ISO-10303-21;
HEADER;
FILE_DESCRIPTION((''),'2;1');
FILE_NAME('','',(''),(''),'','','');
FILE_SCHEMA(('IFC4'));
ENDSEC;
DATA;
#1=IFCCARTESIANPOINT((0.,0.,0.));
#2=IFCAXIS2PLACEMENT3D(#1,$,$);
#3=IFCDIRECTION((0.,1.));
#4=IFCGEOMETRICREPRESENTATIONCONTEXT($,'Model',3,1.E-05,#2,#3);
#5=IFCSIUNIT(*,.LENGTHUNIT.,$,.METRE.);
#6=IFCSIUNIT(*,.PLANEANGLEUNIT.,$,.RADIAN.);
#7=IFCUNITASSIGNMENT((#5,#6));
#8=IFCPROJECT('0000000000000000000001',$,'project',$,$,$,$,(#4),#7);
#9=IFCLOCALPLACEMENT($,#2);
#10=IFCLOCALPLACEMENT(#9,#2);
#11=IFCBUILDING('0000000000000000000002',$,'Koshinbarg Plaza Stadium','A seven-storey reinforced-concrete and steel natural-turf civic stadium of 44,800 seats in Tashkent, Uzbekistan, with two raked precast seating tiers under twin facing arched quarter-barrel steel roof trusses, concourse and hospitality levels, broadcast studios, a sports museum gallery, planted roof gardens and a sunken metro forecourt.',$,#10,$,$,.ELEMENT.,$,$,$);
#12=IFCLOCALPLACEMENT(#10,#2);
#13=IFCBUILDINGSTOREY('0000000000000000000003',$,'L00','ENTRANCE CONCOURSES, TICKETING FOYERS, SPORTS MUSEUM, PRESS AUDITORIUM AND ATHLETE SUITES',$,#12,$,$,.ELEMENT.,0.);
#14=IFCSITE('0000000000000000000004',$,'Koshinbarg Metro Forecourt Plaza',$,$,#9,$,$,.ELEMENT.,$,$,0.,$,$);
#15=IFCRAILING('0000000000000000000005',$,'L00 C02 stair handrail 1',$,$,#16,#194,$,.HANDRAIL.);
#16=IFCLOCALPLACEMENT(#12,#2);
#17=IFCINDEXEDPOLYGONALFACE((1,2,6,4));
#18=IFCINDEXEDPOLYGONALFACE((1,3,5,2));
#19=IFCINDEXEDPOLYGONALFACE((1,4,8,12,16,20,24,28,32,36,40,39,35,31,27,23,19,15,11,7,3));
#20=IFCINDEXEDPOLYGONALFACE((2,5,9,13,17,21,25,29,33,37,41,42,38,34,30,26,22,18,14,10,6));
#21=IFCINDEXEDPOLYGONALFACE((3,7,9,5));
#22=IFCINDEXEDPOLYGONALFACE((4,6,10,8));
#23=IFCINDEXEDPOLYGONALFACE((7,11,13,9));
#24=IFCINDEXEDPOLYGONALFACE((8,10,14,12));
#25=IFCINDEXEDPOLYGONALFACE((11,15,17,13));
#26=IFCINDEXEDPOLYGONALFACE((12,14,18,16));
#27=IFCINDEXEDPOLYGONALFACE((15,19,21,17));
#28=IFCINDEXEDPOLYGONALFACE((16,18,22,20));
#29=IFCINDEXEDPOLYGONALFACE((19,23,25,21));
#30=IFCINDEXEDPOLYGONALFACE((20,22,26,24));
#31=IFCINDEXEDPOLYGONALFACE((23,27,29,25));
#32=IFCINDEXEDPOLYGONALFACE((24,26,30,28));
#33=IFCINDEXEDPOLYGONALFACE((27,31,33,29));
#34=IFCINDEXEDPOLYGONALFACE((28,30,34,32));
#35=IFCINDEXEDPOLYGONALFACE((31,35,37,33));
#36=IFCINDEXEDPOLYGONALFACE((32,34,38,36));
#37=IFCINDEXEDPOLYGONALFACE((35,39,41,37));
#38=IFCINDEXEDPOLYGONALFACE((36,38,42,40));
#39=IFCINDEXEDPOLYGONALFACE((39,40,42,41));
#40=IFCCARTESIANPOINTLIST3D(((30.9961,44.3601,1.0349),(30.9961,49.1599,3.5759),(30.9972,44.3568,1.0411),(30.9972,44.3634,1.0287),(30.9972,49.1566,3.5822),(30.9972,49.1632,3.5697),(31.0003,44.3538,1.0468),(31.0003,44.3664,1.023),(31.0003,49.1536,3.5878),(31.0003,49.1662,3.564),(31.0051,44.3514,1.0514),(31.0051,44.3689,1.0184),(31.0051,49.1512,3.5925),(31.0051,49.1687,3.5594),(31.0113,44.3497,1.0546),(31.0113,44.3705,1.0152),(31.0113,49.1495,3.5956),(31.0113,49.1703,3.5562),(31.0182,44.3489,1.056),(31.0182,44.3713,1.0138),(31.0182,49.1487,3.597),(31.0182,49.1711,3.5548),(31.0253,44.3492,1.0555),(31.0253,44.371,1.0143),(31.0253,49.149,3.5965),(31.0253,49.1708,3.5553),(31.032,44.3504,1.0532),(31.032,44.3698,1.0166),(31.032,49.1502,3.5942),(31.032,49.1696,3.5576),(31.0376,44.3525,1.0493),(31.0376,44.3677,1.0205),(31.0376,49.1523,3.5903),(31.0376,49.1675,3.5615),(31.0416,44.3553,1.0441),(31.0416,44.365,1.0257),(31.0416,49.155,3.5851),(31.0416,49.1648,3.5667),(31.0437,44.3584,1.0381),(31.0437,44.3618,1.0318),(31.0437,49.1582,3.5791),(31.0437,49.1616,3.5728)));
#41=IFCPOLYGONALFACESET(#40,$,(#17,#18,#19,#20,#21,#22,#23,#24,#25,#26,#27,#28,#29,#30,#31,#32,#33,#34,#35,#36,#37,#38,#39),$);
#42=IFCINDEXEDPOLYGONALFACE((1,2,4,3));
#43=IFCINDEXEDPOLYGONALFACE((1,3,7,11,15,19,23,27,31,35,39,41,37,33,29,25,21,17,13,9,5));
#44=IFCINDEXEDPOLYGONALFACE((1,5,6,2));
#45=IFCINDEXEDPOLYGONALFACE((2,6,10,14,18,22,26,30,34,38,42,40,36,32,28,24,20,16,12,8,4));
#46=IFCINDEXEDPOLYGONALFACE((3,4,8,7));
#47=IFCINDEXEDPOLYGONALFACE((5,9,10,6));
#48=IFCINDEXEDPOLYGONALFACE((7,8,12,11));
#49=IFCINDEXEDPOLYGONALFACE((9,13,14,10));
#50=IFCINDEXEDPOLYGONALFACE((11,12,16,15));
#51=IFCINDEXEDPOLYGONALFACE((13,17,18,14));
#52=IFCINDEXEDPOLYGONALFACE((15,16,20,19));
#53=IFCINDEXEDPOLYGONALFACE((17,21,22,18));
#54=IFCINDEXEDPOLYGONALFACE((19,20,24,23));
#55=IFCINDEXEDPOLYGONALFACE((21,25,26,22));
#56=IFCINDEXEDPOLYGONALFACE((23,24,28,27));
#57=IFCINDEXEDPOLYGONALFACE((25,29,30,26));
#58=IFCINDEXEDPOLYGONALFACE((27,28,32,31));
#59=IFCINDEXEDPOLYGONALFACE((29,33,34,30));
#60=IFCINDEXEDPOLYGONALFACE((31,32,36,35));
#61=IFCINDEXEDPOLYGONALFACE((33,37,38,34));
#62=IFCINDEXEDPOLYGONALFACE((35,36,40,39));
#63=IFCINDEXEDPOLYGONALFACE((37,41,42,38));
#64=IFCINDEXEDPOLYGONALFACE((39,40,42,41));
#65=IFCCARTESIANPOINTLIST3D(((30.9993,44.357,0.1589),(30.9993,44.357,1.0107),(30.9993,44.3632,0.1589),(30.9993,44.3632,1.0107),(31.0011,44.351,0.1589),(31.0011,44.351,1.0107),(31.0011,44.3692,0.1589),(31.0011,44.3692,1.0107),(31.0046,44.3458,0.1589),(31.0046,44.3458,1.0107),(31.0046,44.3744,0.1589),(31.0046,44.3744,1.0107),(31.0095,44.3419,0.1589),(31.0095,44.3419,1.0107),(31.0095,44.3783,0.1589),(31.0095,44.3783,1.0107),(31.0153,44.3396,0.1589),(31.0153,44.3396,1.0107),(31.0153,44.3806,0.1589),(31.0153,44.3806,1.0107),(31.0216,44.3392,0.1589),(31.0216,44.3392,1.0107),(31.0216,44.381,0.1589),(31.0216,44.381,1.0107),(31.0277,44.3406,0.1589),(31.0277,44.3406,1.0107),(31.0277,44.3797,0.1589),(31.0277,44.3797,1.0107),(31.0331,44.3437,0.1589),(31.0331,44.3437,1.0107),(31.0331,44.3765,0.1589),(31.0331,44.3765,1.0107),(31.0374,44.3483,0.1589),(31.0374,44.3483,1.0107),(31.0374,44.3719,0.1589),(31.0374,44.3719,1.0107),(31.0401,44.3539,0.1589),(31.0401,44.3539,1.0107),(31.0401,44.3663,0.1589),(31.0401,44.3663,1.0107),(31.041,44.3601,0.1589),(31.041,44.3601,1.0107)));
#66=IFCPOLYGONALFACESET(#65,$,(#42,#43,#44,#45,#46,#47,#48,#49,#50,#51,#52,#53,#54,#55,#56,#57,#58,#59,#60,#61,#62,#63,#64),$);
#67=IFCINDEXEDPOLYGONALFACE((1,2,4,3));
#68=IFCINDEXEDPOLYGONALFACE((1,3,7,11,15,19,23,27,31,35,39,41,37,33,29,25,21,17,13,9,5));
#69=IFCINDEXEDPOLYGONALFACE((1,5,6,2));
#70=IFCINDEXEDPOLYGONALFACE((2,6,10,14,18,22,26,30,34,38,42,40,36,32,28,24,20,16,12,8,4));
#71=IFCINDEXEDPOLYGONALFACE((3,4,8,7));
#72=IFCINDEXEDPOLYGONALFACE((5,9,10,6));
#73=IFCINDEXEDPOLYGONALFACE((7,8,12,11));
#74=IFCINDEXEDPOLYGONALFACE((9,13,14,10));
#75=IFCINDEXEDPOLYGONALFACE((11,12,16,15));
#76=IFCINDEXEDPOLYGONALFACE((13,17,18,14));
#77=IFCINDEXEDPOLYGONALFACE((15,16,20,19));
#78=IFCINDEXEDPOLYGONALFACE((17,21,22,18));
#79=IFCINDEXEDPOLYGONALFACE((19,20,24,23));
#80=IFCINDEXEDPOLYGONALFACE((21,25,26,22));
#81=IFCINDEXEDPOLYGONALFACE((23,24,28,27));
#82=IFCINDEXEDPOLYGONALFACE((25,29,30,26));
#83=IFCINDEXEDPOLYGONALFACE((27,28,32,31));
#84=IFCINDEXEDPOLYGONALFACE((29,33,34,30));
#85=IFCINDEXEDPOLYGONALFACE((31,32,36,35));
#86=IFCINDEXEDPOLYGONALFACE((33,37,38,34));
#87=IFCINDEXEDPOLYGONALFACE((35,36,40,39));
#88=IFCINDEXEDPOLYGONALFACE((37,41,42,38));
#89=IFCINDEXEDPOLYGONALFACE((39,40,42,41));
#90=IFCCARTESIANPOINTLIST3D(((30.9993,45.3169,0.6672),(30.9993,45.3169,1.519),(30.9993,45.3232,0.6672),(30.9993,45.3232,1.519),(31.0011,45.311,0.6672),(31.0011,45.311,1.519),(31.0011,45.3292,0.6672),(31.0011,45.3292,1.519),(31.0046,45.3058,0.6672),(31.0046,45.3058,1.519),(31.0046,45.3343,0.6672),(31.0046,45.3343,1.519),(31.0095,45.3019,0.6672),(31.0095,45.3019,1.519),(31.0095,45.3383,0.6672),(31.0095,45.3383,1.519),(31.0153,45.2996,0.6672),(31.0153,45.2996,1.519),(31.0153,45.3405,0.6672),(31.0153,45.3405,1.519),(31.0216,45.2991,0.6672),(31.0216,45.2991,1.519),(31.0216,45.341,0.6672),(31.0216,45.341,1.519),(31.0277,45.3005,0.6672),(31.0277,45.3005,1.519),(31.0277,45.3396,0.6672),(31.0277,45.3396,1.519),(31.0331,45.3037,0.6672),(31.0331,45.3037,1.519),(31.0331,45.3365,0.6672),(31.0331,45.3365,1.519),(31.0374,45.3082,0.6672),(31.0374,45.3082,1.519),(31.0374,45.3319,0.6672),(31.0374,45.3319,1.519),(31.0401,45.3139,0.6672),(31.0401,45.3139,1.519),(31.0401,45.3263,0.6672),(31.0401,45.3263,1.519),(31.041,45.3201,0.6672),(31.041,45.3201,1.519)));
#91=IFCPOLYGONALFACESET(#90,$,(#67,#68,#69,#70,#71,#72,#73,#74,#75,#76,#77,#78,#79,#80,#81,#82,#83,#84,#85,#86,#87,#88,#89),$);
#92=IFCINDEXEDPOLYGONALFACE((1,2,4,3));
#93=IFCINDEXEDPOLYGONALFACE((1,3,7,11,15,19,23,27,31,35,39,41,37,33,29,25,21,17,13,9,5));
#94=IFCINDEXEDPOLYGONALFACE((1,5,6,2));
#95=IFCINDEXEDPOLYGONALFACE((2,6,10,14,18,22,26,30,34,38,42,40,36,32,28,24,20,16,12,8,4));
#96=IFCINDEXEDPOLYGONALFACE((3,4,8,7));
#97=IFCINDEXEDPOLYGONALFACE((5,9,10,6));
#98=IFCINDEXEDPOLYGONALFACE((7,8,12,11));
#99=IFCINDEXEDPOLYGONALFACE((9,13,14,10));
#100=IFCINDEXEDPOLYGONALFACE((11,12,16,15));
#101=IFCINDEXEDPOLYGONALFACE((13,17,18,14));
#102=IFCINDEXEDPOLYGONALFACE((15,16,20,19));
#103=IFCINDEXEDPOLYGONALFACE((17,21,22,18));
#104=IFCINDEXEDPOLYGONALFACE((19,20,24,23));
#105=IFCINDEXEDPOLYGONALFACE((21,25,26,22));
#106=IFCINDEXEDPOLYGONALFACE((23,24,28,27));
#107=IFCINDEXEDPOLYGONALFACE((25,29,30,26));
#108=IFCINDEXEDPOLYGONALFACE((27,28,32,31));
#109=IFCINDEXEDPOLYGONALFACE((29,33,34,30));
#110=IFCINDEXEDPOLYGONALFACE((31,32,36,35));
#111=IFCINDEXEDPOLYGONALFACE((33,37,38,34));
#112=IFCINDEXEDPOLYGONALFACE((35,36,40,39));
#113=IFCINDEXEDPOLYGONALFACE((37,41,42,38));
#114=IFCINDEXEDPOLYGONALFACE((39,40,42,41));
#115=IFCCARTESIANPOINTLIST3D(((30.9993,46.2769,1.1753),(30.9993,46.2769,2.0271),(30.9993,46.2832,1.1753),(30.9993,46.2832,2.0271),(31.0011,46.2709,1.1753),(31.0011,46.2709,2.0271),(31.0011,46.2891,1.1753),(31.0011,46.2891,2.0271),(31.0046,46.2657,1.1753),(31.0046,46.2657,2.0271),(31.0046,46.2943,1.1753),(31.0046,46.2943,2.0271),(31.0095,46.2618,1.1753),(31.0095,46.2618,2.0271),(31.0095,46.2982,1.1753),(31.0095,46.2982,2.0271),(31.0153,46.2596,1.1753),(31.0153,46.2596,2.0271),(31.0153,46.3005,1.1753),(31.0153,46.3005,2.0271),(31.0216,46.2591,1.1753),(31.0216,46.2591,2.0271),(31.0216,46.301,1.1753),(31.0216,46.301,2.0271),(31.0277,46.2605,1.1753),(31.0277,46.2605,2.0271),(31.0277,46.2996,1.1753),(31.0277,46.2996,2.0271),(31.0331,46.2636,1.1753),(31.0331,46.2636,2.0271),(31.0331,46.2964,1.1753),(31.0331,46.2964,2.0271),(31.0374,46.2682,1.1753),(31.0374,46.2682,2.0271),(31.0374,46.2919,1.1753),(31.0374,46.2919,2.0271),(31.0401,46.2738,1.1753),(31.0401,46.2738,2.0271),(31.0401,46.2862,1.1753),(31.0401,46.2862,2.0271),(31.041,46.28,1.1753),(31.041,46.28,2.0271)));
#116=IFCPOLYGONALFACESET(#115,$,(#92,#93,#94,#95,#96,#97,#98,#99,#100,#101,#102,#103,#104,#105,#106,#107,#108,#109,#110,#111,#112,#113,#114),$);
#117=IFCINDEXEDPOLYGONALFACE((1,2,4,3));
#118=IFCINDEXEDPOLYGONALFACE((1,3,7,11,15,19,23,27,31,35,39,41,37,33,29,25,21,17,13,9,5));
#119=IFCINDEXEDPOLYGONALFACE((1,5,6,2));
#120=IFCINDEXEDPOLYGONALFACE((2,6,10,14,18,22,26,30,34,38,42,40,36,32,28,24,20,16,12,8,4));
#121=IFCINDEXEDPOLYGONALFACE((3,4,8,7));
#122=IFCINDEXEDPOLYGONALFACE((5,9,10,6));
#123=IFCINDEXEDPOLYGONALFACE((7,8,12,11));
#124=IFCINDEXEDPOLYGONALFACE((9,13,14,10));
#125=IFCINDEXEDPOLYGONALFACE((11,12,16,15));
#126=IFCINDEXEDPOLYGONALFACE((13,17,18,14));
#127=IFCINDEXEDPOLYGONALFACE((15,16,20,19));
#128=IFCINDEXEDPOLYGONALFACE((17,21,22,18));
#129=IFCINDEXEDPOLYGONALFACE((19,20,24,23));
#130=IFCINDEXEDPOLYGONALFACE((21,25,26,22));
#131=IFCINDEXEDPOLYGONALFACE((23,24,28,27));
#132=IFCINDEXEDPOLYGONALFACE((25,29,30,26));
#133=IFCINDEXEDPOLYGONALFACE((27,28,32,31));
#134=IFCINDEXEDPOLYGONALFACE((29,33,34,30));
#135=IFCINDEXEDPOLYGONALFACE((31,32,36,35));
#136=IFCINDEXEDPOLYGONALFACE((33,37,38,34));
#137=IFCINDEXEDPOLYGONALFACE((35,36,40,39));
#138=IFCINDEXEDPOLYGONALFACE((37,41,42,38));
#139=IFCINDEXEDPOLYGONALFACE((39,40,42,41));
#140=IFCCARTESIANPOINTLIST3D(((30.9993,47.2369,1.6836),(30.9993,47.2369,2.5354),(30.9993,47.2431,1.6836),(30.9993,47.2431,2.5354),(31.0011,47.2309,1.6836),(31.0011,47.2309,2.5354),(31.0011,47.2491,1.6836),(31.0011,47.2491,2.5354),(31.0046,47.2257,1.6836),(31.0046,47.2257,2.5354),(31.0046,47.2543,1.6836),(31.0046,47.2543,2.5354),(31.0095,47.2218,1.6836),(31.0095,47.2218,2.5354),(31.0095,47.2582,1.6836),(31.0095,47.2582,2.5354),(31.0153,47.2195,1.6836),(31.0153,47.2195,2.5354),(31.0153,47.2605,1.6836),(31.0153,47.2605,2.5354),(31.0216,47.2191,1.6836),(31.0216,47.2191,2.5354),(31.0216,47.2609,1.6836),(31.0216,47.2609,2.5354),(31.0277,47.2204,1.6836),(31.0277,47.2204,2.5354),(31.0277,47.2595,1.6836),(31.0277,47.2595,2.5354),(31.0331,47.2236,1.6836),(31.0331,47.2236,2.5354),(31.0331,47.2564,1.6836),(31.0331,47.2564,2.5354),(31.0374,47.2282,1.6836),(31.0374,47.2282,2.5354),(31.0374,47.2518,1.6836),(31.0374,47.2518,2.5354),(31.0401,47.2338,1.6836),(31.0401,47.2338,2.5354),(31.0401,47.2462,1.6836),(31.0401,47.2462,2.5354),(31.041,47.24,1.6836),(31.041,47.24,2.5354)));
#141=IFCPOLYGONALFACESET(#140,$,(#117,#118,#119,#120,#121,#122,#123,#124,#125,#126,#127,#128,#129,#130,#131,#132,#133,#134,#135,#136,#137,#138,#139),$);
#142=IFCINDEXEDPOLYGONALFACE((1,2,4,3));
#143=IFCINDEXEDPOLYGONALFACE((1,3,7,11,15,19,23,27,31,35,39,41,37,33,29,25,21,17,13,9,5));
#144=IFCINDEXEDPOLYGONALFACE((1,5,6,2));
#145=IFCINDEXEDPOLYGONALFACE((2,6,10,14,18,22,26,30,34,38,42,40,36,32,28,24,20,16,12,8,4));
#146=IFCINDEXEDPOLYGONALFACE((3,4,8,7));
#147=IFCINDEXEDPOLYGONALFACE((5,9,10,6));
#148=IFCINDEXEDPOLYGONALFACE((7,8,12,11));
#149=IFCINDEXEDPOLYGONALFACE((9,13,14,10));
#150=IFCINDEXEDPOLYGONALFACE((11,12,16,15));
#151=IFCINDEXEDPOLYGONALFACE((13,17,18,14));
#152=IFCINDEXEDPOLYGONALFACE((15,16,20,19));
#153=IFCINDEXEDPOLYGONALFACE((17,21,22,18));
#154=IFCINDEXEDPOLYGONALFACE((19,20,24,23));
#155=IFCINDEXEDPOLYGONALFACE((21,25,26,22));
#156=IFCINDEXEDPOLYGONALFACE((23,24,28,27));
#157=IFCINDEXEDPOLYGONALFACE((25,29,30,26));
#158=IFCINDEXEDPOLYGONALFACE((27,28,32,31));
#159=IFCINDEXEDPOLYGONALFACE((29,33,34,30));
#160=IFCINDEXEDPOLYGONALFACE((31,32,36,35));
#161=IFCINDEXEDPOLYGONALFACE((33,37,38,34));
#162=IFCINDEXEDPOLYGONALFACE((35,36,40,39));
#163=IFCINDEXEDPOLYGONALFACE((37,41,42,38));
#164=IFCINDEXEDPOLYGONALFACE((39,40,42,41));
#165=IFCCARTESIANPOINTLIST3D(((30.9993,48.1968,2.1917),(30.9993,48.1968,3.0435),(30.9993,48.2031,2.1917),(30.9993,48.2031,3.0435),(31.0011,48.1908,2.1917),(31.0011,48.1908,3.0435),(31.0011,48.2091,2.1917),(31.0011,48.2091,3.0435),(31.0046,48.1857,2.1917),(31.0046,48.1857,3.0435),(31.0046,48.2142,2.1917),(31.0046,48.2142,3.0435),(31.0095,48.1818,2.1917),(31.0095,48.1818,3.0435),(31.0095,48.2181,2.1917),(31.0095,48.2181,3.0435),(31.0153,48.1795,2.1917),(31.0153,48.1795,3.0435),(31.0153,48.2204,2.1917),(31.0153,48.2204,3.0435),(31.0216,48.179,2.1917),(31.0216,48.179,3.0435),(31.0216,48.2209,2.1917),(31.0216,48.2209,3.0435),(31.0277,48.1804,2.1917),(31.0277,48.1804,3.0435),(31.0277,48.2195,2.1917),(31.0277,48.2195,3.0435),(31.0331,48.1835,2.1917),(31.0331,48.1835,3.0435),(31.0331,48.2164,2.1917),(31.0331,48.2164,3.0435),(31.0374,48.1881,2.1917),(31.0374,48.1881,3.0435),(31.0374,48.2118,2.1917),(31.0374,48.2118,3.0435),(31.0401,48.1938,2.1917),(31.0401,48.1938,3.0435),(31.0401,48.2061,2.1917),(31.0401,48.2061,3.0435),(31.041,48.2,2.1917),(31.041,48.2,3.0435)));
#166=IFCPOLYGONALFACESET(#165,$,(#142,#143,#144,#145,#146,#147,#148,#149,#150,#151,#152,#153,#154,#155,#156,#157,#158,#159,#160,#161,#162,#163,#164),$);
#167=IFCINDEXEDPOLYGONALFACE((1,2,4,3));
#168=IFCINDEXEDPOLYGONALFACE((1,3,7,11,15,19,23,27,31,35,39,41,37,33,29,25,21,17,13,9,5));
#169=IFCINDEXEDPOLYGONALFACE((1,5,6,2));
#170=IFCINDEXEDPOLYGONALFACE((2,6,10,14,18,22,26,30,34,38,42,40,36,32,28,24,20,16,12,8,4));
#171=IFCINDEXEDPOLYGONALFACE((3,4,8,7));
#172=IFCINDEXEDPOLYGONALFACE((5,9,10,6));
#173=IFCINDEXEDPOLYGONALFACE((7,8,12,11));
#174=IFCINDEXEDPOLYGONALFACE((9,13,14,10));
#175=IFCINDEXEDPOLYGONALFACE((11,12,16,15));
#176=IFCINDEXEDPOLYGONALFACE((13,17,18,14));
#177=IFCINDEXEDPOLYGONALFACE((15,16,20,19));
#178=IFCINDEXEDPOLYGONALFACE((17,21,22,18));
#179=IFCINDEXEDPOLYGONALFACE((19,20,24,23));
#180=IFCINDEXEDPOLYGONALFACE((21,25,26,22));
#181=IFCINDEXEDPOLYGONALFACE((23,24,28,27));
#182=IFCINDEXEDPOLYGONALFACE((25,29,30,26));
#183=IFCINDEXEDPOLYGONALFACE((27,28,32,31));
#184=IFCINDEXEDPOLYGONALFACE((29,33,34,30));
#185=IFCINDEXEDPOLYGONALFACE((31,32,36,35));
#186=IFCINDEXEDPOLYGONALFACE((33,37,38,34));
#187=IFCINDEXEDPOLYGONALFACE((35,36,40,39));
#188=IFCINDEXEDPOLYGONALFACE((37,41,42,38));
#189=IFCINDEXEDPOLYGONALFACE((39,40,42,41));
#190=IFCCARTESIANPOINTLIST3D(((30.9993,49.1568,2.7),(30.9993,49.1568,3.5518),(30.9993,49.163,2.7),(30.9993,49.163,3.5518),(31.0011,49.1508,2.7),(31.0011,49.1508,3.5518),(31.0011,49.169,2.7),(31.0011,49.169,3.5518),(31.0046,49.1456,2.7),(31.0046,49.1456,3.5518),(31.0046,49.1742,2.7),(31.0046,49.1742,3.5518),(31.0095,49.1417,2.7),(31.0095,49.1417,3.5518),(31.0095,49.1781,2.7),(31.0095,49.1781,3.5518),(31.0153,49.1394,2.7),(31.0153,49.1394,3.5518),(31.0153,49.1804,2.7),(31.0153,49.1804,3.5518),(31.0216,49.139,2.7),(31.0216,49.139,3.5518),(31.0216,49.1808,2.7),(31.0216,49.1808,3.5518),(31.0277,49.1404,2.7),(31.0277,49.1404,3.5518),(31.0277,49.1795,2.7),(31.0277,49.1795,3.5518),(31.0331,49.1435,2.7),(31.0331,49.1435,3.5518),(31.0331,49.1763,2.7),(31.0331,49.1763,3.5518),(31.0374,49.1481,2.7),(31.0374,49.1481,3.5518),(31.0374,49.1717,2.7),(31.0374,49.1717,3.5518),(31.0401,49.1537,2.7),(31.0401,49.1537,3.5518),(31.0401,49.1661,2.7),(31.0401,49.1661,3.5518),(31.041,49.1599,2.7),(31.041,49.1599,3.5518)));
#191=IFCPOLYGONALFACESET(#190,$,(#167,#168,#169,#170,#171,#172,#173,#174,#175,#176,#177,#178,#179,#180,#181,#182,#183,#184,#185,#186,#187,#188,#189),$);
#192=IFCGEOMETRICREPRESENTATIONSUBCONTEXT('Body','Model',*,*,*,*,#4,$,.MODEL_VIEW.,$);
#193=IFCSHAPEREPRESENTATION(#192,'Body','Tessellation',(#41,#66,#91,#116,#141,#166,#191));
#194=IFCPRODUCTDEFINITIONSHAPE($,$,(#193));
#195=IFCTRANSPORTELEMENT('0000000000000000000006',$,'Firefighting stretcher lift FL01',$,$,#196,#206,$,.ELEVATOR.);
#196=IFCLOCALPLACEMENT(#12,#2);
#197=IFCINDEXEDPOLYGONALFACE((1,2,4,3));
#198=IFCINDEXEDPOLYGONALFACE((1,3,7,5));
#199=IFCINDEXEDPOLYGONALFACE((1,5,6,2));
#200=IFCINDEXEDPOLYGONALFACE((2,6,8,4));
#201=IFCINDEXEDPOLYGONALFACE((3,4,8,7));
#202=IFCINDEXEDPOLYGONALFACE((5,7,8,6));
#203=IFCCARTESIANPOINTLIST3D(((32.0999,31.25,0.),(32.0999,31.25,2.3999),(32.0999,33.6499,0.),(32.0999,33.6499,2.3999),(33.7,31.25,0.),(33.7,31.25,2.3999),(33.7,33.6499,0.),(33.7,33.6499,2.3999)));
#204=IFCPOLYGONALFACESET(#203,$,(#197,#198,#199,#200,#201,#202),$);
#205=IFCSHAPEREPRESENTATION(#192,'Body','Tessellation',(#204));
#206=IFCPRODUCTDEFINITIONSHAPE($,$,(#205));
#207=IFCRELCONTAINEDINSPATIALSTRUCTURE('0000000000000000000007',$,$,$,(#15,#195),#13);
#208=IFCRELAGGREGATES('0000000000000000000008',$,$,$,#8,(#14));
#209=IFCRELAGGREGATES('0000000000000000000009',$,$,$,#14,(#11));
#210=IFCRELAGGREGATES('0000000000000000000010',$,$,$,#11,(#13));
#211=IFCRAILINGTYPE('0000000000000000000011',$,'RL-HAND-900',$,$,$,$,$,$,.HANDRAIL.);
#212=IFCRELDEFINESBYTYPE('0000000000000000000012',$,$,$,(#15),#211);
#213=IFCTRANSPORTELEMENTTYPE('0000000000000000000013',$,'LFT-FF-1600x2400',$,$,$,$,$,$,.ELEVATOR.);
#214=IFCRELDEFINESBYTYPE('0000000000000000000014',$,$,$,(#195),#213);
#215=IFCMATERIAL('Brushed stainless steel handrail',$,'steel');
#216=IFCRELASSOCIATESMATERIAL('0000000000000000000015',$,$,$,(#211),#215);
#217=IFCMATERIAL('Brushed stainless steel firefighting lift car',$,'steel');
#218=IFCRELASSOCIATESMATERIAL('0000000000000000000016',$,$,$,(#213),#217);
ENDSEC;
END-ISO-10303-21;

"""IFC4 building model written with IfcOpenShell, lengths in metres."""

from ifc_helpers import new_model, si_unit, direction, frame, origin, origin_2d, place, context, subcontext, project, spatial, rectangle, circle, extrude, material, type_object, element, save


model = new_model("IFC4")

# Units and contexts
model_context = context("Model", 3, precision=1e-05, world=origin(), true_north=direction((0.0, 1.0)))
body_context = subcontext(model_context, "Body", "Model", "MODEL_VIEW")
ifc_project = project(units=[si_unit("LENGTHUNIT", "METRE"), si_unit("PLANEANGLEUNIT", "RADIAN")], contexts=[model_context])

# Site, building, storey
site_placement = place(None, origin())
site = spatial("IfcSite", under=ifc_project, at=site_placement, Name="Koshinbarg Metro Forecourt Plaza", CompositionType="ELEMENT", RefElevation=0.0)
building_placement = place(site_placement, origin())
building = spatial("IfcBuilding", under=site, at=building_placement, Name="Koshinbarg Plaza Stadium", Description="A seven-storey reinforced-concrete and steel natural-turf civic stadium of 44,800 seats in Tashkent, Uzbekistan, with two raked precast seating tiers under twin facing arched quarter-barrel steel roof trusses, concourse and hospitality levels, broadcast studios, a sports museum gallery, planted roof gardens and a sunken metro forecourt.", CompositionType="ELEMENT")
storey_placement = place(building_placement, origin())
storey = spatial("IfcBuildingStorey", under=building, at=storey_placement, Name="L00", Description="ENTRANCE CONCOURSES, TICKETING FOYERS, SPORTS MUSEUM, PRESS AUDITORIUM AND ATHLETE SUITES", CompositionType="ELEMENT", Elevation=0.0)

# Railing
ifc_material_1 = material(Name="Brushed stainless steel handrail", Category="steel")
railing_type = type_object("IfcRailingType", Name="RL-HAND-900", PredefinedType="HANDRAIL", material=ifc_material_1)
railing_placement = place(storey_placement, frame((31.02, 44.3601, 0.1589)))
element("IfcRailing", 1, at=railing_placement, inside=storey, type_object=railing_type, Name="L00 C02 stair handrail 1", PredefinedType="HANDRAIL", context=body_context, shape_type="SweptSolid", body=[
    extrude(circle(Radius=0.0239, at=origin_2d()), frame((0.0, 0.0, 0.876), z_axis=(0.0, 0.883792, 0.467879), x_axis=(-1.0, 0.0, 0.0)), (0.0, 0.0, 1.0), 5.4309),
    extrude(circle(Radius=0.021, at=origin_2d()), origin(), (0.0, 0.0, 1.0), 0.8518),
    extrude(circle(Radius=0.021, at=origin_2d()), frame((0.0, 0.96, 0.5083)), (0.0, 0.0, 1.0), 0.8518),
    extrude(circle(Radius=0.021, at=origin_2d()), frame((0.0, 1.9199, 1.0164)), (0.0, 0.0, 1.0), 0.8518),
    extrude(circle(Radius=0.021, at=origin_2d()), frame((0.0, 2.8799, 1.5247)), (0.0, 0.0, 1.0), 0.8518),
    extrude(circle(Radius=0.021, at=origin_2d()), frame((0.0, 3.8398, 2.0327)), (0.0, 0.0, 1.0), 0.8518),
    extrude(circle(Radius=0.021, at=origin_2d()), frame((0.0, 4.7998, 2.541)), (0.0, 0.0, 1.0), 0.8518),
])

# Transport element
ifc_material_2 = material(Name="Brushed stainless steel firefighting lift car", Category="steel")
transport_element_type = type_object("IfcTransportElementType", Name="LFT-FF-1600x2400", PredefinedType="ELEVATOR", material=ifc_material_2)
transport_element_placement = place(storey_placement, frame((32.8999, 32.45, 0.0), z_axis=(0.0, 0.0, 1.0), x_axis=(1.0, 0.0, 0.0)))
element("IfcTransportElement", 2, at=transport_element_placement, inside=storey, type_object=transport_element_type, Name="Firefighting stretcher lift FL01", PredefinedType="ELEVATOR", context=body_context, shape_type="SweptSolid", body=[
    extrude(rectangle(XDim=1.6001, YDim=2.3999, at=origin_2d()), origin(), (0.0, 0.0, 1.0), 2.3999),
])

save(model, "model.ifc")
